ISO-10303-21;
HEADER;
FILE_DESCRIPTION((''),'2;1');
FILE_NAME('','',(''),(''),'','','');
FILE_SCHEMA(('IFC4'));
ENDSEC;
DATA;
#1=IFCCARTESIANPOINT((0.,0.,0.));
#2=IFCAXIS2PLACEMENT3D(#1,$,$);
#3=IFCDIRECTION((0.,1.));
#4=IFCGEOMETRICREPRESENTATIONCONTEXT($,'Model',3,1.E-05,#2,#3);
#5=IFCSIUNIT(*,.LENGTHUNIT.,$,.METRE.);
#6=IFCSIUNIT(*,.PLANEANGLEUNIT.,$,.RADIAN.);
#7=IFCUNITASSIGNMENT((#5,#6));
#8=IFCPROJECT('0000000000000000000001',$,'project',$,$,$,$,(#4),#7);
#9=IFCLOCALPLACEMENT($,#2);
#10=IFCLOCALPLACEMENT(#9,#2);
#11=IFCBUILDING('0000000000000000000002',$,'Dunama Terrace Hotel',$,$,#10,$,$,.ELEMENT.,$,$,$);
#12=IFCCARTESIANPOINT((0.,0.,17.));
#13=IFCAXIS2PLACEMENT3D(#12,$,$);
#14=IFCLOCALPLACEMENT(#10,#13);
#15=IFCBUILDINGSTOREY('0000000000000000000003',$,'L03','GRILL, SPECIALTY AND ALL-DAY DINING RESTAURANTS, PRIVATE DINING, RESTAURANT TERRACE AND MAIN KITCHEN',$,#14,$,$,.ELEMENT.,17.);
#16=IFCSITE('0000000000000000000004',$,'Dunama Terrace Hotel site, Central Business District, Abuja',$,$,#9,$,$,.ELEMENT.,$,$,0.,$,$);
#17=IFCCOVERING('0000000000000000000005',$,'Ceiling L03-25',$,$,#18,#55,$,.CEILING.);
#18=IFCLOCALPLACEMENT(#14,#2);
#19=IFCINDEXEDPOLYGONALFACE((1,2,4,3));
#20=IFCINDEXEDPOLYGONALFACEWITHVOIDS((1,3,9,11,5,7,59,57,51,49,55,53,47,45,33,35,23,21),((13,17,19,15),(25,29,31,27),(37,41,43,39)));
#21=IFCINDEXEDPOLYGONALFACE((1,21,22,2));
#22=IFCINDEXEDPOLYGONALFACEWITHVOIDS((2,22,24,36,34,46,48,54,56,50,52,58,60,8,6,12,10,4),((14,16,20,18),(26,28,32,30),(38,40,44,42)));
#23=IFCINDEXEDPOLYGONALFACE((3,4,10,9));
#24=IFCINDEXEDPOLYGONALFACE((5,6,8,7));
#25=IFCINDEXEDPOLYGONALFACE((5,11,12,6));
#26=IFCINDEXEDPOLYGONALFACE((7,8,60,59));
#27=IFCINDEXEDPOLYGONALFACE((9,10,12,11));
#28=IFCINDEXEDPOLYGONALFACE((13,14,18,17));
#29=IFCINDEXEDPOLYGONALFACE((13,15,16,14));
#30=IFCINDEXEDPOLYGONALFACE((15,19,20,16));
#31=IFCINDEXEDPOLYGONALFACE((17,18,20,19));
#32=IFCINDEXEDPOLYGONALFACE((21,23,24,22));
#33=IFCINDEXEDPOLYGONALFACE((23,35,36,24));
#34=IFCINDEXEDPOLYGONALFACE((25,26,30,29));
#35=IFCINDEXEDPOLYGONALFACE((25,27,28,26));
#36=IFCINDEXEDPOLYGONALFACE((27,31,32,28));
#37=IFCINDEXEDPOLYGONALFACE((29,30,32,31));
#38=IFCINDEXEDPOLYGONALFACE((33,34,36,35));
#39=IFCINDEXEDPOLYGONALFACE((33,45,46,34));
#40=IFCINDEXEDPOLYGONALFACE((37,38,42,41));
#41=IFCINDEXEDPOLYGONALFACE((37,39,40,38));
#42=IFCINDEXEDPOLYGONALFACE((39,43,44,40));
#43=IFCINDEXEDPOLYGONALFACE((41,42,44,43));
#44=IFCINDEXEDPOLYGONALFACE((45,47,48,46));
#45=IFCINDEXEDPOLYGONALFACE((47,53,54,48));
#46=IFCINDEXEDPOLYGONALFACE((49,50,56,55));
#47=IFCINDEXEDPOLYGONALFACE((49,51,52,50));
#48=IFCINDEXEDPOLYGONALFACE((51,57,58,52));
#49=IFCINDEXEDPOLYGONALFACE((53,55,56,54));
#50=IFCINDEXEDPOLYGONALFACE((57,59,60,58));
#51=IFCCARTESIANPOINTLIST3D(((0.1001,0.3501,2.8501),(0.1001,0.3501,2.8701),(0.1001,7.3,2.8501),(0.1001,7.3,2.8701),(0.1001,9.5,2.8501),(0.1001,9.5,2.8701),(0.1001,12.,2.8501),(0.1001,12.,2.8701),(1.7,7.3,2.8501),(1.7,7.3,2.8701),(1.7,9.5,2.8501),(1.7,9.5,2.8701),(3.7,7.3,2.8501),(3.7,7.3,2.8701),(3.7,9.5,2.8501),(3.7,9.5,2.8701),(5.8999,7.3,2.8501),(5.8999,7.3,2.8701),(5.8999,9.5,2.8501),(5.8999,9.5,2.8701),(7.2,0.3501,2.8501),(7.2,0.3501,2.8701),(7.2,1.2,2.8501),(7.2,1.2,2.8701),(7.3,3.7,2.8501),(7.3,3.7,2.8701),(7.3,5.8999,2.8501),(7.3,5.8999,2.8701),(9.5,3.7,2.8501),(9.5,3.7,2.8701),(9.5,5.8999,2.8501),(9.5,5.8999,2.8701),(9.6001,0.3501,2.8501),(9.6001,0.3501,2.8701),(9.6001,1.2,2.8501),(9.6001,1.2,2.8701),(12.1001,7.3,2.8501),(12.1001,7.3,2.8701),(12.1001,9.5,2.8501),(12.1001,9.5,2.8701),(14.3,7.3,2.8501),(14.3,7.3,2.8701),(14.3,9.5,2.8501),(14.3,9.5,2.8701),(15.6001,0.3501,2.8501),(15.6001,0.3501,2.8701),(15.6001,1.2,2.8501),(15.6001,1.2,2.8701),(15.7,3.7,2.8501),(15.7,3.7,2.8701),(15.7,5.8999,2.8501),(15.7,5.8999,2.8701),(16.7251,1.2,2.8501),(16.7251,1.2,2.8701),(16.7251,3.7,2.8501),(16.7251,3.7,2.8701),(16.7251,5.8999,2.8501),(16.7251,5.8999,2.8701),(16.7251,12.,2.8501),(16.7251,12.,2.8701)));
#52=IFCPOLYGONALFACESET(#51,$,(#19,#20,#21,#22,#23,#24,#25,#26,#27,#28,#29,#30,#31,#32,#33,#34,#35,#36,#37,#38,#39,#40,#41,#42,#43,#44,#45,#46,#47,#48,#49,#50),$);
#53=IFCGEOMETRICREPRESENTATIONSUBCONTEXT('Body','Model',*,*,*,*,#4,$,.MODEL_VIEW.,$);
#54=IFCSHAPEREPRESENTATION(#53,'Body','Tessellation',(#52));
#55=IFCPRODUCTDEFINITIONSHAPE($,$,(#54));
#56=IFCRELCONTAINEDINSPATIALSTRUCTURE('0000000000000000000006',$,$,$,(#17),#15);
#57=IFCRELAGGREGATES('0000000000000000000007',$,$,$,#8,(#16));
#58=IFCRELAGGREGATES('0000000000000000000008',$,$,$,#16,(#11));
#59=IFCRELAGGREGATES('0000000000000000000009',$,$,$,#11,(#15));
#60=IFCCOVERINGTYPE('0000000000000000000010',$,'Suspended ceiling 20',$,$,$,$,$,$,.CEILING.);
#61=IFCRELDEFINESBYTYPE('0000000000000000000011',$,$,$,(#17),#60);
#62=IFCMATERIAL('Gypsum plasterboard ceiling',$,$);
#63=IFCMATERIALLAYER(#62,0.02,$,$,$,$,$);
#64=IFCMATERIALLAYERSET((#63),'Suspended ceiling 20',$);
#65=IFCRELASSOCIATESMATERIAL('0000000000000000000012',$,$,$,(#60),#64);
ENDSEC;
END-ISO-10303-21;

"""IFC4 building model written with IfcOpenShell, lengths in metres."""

from ifc_helpers import new_model, si_unit, direction, frame, origin, place, context, subcontext, project, spatial, polyline, outline, extrude, material, layer, layer_set, type_object, element, save


model = new_model("IFC4")

# Units and contexts
model_context = context("Model", 3, precision=1e-05, world=origin(), true_north=direction((0.0, 1.0)))
body_context = subcontext(model_context, "Body", "Model", "MODEL_VIEW")
ifc_project = project(units=[si_unit("LENGTHUNIT", "METRE"), si_unit("PLANEANGLEUNIT", "RADIAN")], contexts=[model_context])

# Site, building, storey
site_placement = place(None, origin())
site = spatial("IfcSite", under=ifc_project, at=site_placement, Name="Dunama Terrace Hotel site, Central Business District, Abuja", CompositionType="ELEMENT", RefElevation=0.0)
building_placement = place(site_placement, origin())
building = spatial("IfcBuilding", under=site, at=building_placement, Name="Dunama Terrace Hotel", CompositionType="ELEMENT")
storey_placement = place(building_placement, frame((0.0, 0.0, 17.0)))
storey = spatial("IfcBuildingStorey", under=building, at=storey_placement, Name="L03", Description="GRILL, SPECIALTY AND ALL-DAY DINING RESTAURANTS, PRIVATE DINING, RESTAURANT TERRACE AND MAIN KITCHEN", CompositionType="ELEMENT", Elevation=17.0)

# Covering
ifc_material_1 = material(Name="Gypsum plasterboard ceiling")
ifc_layer_1 = layer(ifc_material_1, 0.02)
ifc_layer_set_1 = layer_set([ifc_layer_1], Name="Suspended ceiling 20")
covering_type_1 = type_object("IfcCoveringType", Name="Suspended ceiling 20", PredefinedType="CEILING", material=ifc_layer_set_1)
covering_1_placement = place(storey_placement, frame((0.0, 0.0, 2.8501)))
element("IfcCovering", 1, at=covering_1_placement, inside=storey, type_object=covering_type_1, Name="Ceiling L03-25", PredefinedType="CEILING", context=body_context, shape_type="SweptSolid", body=[
    extrude(outline(polyline([(1.7, 7.3), (0.1001, 7.3), (0.1001, 0.3501), (7.2, 0.3501), (7.2, 1.2), (9.6001, 1.2), (9.6001, 0.3501), (15.6001, 0.3501), (15.6001, 1.2), (16.7251, 1.2), (16.7251, 3.7), (15.7, 3.7), (15.7, 5.8999), (16.7251, 5.8999), (16.7251, 12.0), (0.1001, 12.0), (0.1001, 9.5), (1.7, 9.5), (1.7, 7.3)]), holes=[polyline([(3.7, 7.3), (3.7, 9.5), (5.8999, 9.5), (5.8999, 7.3), (3.7, 7.3)]), polyline([(7.3, 3.7), (7.3, 5.8999), (9.5, 5.8999), (9.5, 3.7), (7.3, 3.7)]), polyline([(12.1001, 7.3), (12.1001, 9.5), (14.3, 9.5), (14.3, 7.3), (12.1001, 7.3)])]), origin(), (0.0, 0.0, 1.0), 0.02),
])

save(model, "model.ifc")
